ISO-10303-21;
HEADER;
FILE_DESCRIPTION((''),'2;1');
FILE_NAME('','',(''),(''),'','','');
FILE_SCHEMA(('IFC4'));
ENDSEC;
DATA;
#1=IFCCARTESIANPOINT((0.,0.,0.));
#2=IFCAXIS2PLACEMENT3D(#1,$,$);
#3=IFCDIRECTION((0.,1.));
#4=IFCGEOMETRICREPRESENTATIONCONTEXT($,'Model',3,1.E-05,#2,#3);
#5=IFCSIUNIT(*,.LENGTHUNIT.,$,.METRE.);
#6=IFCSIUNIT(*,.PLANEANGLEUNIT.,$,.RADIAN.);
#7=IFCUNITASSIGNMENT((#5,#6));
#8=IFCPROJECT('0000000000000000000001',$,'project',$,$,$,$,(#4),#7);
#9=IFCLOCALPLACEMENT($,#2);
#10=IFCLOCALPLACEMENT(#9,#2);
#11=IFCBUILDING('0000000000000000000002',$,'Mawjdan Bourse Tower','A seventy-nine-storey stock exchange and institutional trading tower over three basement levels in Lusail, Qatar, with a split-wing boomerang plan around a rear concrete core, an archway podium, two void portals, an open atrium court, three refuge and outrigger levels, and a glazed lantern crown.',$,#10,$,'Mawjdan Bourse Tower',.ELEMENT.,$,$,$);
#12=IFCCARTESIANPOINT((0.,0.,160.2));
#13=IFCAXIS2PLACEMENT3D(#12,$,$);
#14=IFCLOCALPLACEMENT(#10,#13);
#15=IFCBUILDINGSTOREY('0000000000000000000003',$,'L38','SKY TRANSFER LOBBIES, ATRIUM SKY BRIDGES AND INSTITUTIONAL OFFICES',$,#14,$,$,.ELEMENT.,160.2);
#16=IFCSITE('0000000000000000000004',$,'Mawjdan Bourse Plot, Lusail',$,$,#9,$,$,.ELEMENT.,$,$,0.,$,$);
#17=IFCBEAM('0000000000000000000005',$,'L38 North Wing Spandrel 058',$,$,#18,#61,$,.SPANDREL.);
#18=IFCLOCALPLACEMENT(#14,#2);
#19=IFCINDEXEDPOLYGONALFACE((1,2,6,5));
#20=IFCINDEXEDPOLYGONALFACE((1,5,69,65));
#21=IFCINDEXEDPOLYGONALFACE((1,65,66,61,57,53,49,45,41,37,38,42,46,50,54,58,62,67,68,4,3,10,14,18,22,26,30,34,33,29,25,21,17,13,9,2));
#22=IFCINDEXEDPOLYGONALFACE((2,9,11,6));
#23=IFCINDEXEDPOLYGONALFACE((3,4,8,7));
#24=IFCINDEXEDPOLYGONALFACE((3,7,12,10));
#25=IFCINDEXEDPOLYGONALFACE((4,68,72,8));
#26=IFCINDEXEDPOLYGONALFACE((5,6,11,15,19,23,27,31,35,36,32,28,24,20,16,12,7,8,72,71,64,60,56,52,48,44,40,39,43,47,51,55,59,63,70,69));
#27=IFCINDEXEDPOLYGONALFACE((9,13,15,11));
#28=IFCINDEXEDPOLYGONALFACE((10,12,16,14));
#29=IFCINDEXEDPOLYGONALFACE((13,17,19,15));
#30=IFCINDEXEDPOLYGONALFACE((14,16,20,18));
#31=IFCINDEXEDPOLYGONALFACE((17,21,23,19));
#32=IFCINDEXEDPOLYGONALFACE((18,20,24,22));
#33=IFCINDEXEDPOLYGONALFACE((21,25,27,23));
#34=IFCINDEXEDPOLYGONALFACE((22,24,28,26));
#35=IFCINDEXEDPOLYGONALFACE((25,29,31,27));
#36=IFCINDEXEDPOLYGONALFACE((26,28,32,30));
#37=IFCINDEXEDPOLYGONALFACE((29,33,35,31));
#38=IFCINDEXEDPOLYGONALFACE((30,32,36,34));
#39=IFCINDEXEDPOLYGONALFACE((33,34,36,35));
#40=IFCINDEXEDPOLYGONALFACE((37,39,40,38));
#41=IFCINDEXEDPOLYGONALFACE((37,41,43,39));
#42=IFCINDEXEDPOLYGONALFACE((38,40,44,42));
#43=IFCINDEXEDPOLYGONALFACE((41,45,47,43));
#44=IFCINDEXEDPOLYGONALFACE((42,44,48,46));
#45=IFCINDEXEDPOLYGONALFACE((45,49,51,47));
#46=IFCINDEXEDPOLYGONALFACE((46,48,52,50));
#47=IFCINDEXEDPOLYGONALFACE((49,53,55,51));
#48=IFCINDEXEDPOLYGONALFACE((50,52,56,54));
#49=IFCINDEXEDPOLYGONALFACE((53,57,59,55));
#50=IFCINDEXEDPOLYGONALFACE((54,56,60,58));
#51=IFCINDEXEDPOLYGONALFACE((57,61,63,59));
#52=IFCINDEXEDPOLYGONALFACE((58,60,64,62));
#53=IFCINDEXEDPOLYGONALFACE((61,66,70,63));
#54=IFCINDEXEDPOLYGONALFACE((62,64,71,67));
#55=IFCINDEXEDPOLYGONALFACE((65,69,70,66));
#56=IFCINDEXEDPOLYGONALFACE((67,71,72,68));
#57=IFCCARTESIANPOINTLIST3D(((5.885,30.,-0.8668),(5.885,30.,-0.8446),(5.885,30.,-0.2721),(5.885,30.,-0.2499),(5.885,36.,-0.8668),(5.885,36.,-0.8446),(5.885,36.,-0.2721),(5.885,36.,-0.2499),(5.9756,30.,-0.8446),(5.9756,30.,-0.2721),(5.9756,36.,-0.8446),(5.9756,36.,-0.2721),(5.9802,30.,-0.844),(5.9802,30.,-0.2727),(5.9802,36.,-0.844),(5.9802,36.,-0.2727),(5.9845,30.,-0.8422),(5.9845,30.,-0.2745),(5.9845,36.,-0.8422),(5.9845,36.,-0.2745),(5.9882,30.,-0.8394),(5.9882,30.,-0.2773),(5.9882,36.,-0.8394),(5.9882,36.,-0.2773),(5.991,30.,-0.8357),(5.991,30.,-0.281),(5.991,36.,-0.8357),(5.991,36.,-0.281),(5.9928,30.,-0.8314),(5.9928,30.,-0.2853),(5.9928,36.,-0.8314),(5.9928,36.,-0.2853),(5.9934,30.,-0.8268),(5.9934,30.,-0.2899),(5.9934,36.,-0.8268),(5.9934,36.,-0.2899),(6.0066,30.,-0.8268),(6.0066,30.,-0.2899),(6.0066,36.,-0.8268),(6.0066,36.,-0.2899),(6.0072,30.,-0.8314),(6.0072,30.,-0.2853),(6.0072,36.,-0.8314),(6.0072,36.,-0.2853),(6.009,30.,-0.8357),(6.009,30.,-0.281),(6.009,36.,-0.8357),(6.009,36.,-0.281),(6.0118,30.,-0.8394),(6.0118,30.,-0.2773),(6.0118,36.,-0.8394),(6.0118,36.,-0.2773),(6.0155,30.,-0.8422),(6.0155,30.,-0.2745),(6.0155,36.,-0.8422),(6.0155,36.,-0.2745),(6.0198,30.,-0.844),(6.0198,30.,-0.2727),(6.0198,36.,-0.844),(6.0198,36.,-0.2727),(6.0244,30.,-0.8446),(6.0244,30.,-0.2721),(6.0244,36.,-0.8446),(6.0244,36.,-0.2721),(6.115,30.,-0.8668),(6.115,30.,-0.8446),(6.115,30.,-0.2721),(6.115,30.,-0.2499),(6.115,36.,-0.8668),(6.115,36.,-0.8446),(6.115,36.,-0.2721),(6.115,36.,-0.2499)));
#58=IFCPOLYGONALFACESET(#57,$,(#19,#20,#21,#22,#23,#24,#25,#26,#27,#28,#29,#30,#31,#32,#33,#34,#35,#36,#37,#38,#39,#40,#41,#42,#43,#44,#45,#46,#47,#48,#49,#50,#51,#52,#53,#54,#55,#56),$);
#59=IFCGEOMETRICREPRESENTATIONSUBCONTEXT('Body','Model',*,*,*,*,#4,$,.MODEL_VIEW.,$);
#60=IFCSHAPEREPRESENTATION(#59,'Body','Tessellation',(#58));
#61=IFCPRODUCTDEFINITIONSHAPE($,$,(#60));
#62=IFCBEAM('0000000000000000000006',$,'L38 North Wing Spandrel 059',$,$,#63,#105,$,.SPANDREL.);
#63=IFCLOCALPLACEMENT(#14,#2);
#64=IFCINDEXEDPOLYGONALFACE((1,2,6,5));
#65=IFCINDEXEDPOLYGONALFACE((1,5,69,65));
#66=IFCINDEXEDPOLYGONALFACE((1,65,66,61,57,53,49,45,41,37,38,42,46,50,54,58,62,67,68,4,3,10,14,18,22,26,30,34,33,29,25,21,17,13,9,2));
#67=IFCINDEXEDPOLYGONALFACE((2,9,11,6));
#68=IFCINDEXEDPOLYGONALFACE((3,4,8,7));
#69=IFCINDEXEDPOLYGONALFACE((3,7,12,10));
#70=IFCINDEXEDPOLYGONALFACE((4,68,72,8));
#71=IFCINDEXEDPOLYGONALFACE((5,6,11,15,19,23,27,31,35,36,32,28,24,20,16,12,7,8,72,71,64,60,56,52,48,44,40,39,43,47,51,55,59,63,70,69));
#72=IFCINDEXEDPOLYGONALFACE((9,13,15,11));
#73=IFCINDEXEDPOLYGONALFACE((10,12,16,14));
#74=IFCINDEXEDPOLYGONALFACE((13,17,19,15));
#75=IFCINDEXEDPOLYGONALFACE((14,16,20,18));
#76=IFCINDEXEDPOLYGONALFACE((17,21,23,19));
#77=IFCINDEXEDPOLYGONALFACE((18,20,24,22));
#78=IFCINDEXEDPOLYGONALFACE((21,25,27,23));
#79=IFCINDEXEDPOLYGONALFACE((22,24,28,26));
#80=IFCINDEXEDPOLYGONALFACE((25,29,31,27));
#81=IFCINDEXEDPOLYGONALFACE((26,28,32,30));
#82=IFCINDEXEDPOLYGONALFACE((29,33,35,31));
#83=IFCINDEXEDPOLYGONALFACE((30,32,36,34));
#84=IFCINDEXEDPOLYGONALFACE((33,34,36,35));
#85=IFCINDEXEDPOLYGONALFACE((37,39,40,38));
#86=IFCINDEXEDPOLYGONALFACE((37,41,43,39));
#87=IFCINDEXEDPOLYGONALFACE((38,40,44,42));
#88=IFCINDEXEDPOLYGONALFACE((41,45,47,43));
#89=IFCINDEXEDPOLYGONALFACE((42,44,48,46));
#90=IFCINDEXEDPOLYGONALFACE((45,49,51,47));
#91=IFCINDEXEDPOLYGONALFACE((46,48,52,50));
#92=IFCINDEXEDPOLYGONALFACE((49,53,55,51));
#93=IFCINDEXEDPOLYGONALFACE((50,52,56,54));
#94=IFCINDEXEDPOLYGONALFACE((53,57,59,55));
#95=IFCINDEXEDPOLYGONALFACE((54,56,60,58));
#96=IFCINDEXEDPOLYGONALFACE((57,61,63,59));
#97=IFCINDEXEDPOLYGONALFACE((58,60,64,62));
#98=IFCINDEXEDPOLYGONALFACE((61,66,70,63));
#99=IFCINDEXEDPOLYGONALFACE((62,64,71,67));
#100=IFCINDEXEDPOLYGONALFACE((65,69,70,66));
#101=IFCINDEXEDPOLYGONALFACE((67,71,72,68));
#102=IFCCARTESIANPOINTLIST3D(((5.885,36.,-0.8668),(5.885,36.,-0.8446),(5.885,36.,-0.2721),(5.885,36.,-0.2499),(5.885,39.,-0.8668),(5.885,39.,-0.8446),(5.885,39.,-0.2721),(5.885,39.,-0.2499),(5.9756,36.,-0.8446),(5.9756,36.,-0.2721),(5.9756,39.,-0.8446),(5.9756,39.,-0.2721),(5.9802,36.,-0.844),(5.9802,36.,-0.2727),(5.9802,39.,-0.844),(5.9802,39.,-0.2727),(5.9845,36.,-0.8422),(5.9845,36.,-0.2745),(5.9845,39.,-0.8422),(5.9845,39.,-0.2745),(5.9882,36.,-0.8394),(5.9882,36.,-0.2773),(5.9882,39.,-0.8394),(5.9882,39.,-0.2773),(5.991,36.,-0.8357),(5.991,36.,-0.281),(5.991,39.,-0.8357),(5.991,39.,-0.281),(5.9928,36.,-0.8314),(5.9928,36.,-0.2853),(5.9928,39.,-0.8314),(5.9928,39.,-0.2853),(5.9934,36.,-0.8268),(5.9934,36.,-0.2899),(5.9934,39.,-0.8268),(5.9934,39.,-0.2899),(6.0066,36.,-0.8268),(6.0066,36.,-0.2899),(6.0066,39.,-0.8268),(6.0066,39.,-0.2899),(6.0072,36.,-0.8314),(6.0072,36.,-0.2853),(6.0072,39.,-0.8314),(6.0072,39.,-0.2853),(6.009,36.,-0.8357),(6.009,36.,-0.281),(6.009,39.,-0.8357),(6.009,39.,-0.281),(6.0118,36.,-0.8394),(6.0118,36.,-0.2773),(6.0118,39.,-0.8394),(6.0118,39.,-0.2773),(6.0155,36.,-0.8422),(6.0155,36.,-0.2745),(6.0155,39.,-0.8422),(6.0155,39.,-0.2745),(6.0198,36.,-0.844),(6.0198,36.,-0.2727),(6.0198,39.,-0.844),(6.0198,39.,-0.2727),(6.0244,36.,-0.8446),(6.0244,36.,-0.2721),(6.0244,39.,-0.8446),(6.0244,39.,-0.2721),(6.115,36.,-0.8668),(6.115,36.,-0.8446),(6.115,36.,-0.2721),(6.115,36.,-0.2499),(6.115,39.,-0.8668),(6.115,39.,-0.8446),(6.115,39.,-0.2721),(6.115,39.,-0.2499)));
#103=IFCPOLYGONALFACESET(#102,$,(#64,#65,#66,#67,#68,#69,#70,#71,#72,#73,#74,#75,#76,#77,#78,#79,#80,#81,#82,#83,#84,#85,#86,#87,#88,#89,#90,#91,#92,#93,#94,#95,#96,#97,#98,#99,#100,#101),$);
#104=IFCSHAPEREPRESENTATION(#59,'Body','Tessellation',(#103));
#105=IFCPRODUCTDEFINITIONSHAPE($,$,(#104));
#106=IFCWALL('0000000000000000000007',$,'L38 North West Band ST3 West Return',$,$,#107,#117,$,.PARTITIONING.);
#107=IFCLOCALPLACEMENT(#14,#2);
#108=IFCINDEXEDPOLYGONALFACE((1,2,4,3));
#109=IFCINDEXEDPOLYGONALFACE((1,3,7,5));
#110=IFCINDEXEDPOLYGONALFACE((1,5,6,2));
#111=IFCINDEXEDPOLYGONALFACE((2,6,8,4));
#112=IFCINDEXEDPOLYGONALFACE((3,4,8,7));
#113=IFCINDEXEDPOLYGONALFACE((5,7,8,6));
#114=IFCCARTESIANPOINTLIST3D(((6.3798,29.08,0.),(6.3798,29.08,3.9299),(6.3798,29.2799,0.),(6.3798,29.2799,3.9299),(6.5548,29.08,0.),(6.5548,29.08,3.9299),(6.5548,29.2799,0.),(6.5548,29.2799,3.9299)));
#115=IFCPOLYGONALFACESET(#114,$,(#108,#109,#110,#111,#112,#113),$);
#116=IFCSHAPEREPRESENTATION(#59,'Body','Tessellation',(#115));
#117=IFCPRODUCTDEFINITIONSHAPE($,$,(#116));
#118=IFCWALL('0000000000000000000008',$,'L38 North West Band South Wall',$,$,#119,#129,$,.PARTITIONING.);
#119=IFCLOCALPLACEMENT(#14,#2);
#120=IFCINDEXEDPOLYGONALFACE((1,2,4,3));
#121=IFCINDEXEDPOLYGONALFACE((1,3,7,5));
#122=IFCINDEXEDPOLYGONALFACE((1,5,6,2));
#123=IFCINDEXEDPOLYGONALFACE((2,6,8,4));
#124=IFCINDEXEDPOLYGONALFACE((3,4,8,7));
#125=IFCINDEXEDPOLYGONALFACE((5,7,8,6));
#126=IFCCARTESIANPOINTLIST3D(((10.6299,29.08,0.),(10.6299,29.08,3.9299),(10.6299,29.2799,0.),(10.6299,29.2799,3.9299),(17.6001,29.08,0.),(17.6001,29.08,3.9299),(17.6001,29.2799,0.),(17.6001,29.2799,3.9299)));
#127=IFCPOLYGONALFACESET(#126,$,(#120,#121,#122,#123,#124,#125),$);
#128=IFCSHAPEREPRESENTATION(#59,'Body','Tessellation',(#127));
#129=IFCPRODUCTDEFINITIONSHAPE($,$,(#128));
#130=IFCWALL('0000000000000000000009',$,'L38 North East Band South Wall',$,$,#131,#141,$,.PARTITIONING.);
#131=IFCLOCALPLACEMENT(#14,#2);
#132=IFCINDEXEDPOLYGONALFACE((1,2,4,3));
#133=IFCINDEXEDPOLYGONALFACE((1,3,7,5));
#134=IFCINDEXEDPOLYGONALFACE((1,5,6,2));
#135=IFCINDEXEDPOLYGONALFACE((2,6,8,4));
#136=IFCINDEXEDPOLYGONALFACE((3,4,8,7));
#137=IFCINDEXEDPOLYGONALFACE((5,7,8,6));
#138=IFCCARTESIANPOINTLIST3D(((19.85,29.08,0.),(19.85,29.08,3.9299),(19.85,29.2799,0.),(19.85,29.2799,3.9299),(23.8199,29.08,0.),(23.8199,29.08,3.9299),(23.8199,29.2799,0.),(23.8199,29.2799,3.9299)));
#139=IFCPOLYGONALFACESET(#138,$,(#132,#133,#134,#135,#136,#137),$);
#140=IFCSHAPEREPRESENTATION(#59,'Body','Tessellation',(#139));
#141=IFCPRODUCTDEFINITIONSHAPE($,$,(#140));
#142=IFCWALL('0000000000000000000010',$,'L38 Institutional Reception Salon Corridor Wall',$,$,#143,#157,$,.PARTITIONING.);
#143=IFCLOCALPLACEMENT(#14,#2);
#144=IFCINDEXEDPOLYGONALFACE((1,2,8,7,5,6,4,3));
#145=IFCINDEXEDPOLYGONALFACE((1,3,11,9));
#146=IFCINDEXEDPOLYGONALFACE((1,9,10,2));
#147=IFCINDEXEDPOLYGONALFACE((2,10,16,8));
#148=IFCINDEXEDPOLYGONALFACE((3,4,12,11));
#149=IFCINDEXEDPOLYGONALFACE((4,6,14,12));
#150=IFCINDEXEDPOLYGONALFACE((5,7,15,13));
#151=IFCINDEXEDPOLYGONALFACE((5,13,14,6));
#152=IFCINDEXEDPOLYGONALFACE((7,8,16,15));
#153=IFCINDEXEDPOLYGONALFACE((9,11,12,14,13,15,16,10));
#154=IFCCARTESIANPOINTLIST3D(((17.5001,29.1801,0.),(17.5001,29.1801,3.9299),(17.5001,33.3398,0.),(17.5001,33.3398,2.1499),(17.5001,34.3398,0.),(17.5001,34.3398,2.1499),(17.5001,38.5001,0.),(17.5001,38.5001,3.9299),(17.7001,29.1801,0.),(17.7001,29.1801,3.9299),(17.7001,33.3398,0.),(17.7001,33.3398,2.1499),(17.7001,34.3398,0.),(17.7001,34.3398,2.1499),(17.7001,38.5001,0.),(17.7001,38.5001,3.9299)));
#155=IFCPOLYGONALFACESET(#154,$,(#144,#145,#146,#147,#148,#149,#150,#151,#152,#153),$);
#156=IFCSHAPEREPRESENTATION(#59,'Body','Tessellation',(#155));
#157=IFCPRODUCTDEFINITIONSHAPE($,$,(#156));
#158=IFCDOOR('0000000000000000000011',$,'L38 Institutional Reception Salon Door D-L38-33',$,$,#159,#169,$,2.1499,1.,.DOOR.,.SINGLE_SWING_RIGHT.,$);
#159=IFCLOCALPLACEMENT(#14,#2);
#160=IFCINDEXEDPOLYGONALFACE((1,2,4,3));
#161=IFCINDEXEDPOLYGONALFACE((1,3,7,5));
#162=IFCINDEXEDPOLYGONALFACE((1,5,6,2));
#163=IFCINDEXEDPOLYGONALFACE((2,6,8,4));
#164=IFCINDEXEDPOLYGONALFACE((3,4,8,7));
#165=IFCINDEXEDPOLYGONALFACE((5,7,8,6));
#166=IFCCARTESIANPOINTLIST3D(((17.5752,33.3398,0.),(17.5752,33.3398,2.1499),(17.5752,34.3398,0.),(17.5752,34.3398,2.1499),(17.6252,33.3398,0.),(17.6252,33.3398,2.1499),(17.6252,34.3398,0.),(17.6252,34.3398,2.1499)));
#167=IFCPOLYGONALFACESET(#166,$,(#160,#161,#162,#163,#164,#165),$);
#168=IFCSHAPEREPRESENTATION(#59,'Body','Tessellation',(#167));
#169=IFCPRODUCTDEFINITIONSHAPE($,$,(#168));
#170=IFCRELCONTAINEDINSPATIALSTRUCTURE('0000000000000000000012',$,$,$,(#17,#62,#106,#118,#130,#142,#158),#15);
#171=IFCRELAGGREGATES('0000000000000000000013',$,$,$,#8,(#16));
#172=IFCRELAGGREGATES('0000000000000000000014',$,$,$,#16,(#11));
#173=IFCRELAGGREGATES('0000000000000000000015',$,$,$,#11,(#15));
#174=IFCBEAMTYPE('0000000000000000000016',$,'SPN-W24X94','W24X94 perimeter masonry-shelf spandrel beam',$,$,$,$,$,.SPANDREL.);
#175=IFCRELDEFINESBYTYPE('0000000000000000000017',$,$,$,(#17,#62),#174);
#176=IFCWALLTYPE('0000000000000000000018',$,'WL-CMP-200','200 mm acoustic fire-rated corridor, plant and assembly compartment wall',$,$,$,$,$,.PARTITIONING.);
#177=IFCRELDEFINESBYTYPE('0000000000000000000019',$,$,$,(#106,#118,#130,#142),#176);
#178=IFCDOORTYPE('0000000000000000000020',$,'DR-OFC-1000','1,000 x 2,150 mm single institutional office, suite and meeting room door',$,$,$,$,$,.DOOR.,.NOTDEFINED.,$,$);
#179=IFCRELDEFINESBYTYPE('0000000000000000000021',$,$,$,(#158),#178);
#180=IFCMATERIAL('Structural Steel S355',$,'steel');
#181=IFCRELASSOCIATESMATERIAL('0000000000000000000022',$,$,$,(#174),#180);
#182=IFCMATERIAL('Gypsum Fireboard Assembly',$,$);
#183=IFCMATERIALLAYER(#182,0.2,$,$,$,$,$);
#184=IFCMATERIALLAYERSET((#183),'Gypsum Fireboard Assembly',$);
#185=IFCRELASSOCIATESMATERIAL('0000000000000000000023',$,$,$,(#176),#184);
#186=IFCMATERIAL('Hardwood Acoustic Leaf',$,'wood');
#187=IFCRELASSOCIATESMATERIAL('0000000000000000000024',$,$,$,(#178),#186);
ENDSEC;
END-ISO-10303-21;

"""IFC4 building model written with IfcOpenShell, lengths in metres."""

from ifc_helpers import new_model, si_unit, direction, frame, frame_2d, origin, origin_2d, place, context, subcontext, project, spatial, rectangle, i_section, extrude, material, layer, layer_set, material_profile, profile_set, type_object, element, fill, save


model = new_model("IFC4")

# Units and contexts
model_context = context("Model", 3, precision=1e-05, world=origin(), true_north=direction((0.0, 1.0)))
body_context = subcontext(model_context, "Body", "Model", "MODEL_VIEW")
ifc_project = project(units=[si_unit("LENGTHUNIT", "METRE"), si_unit("PLANEANGLEUNIT", "RADIAN")], contexts=[model_context])

# Site, building, storey
site_placement = place(None, origin())
site = spatial("IfcSite", under=ifc_project, at=site_placement, Name="Mawjdan Bourse Plot, Lusail", CompositionType="ELEMENT", RefElevation=0.0)
building_placement = place(site_placement, origin())
building = spatial("IfcBuilding", under=site, at=building_placement, Name="Mawjdan Bourse Tower", Description="A seventy-nine-storey stock exchange and institutional trading tower over three basement levels in Lusail, Qatar, with a split-wing boomerang plan around a rear concrete core, an archway podium, two void portals, an open atrium court, three refuge and outrigger levels, and a glazed lantern crown.", LongName="Mawjdan Bourse Tower", CompositionType="ELEMENT")
storey_placement = place(building_placement, frame((0.0, 0.0, 160.2)))
storey = spatial("IfcBuildingStorey", under=building, at=storey_placement, Name="L38", Description="SKY TRANSFER LOBBIES, ATRIUM SKY BRIDGES AND INSTITUTIONAL OFFICES", CompositionType="ELEMENT", Elevation=160.2)

# Beams
ifc_material_1 = material(Name="Structural Steel S355", Category="steel")
ifc_material_profile_1 = material_profile(ifc_material_1, i_section(OverallWidth=0.23, OverallDepth=0.6169, WebThickness=0.0132, FlangeThickness=0.0222, FilletRadius=0.0178, at=origin_2d()), Name="W24X94")
ifc_profile_set_1 = profile_set([ifc_material_profile_1], Name="Structural Steel S355")
beam_type_1 = type_object("IfcBeamType", Name="SPN-W24X94", Description="W24X94 perimeter masonry-shelf spandrel beam", PredefinedType="SPANDREL", material=ifc_profile_set_1)
beam_1_placement = place(storey_placement, frame((6.0, 30.0, -0.5583), z_axis=(0.0, 1.0, 0.0), x_axis=(-1.0, 0.0, 0.0)))
element("IfcBeam", 1, at=beam_1_placement, inside=storey, type_object=beam_type_1, Name="L38 North Wing Spandrel 058", PredefinedType="SPANDREL", context=body_context, shape_type="SweptSolid", body=[
    extrude(i_section(OverallWidth=0.23, OverallDepth=0.6169, WebThickness=0.0132, FlangeThickness=0.0222, FilletRadius=0.0178, at=origin_2d()), origin(), (0.0, 0.0, 1.0), 6.0),
])
beam_2_placement = place(storey_placement, frame((6.0, 36.0, -0.5583), z_axis=(0.0, 1.0, 0.0), x_axis=(-1.0, 0.0, 0.0)))
element("IfcBeam", 2, at=beam_2_placement, inside=storey, type_object=beam_type_1, Name="L38 North Wing Spandrel 059", PredefinedType="SPANDREL", context=body_context, shape_type="SweptSolid", body=[
    extrude(i_section(OverallWidth=0.23, OverallDepth=0.6169, WebThickness=0.0132, FlangeThickness=0.0222, FilletRadius=0.0178, at=origin_2d()), origin(), (0.0, 0.0, 1.0), 3.0),
])

# Walls
ifc_material_2 = material(Name="Gypsum Fireboard Assembly")
ifc_layer_1 = layer(ifc_material_2, 0.2)
ifc_layer_set_1 = layer_set([ifc_layer_1], Name="Gypsum Fireboard Assembly")
wall_type_1 = type_object("IfcWallType", Name="WL-CMP-200", Description="200 mm acoustic fire-rated corridor, plant and assembly compartment wall", PredefinedType="PARTITIONING", material=ifc_layer_set_1)
wall_1_placement = place(storey_placement, frame((6.3799, 29.1799, 0.0), z_axis=(0.0, 0.0, 1.0), x_axis=(1.0, 0.0, 0.0)))
element("IfcWall", 3, at=wall_1_placement, inside=storey, type_object=wall_type_1, Name="L38 North West Band ST3 West Return", PredefinedType="PARTITIONING", context=body_context, shape_type="SweptSolid", body=[
    extrude(rectangle(XDim=0.175, YDim=0.2, at=frame_2d((0.0874, 0.0))), origin(), (0.0, 0.0, 1.0), 3.9299),
])
wall_2_placement = place(storey_placement, frame((10.6299, 29.1799, 0.0), z_axis=(0.0, 0.0, 1.0), x_axis=(1.0, 0.0, 0.0)))
element("IfcWall", 4, at=wall_2_placement, inside=storey, type_object=wall_type_1, Name="L38 North West Band South Wall", PredefinedType="PARTITIONING", context=body_context, shape_type="SweptSolid", body=[
    extrude(rectangle(XDim=6.9702, YDim=0.2, at=frame_2d((3.4851, 0.0))), origin(), (0.0, 0.0, 1.0), 3.9299),
])
wall_3_placement = place(storey_placement, frame((19.8501, 29.1799, 0.0), z_axis=(0.0, 0.0, 1.0), x_axis=(1.0, 0.0, 0.0)))
element("IfcWall", 5, at=wall_3_placement, inside=storey, type_object=wall_type_1, Name="L38 North East Band South Wall", PredefinedType="PARTITIONING", context=body_context, shape_type="SweptSolid", body=[
    extrude(rectangle(XDim=3.97, YDim=0.2, at=frame_2d((1.9849, 0.0))), origin(), (0.0, 0.0, 1.0), 3.9299),
])

# Wall, opening, door
wall_4_placement = place(storey_placement, frame((17.6001, 29.1799, 0.0), z_axis=(0.0, 0.0, 1.0), x_axis=(0.0, 1.0, 0.0)))
wall_4 = element("IfcWall", 6, at=wall_4_placement, inside=storey, type_object=wall_type_1, Name="L38 Institutional Reception Salon Corridor Wall", PredefinedType="PARTITIONING", context=body_context, shape_type="SweptSolid", body=[
    extrude(rectangle(XDim=9.3201, YDim=0.2, at=frame_2d((4.6602, 0.0))), origin(), (0.0, 0.0, 1.0), 3.9299),
])
opening_1_placement = place(wall_4_placement, frame((4.1599, 0.0, 0.0)))
opening_1 = element("IfcOpeningElement", 7, at=opening_1_placement, cuts=wall_4, PredefinedType="OPENING", context=body_context, shape_type="SweptSolid", body=[
    extrude(rectangle(XDim=1.0, YDim=2.1499, at=frame_2d((0.5, 1.075))), frame((0.0, 0.1099, 0.0), z_axis=(0.0, -1.0, 0.0), x_axis=(1.0, 0.0, 0.0)), (0.0, 0.0, 1.0), 0.22),
])
ifc_material_3 = material(Name="Hardwood Acoustic Leaf", Category="wood")
door_type = type_object("IfcDoorType", Name="DR-OFC-1000", Description="1,000 x 2,150 mm single institutional office, suite and meeting room door", OperationType="NOTDEFINED", PredefinedType="DOOR", material=ifc_material_3)
door_1_placement = place(opening_1_placement, origin())
door_1 = element("IfcDoor", 8, at=door_1_placement, inside=storey, type_object=door_type, Name="L38 Institutional Reception Salon Door D-L38-33", OperationType="SINGLE_SWING_RIGHT", OverallHeight=2.1499, OverallWidth=1.0, PredefinedType="DOOR", context=body_context, shape_type="SweptSolid", body=[
    extrude(rectangle(XDim=1.0, YDim=2.1499, at=frame_2d((0.5, 1.075))), frame((0.0, 0.0249, 0.0), z_axis=(0.0, -1.0, 0.0), x_axis=(1.0, 0.0, 0.0)), (0.0, 0.0, 1.0), 0.05),
])
fill(opening_1, door_1)

save(model, "model.ifc")
